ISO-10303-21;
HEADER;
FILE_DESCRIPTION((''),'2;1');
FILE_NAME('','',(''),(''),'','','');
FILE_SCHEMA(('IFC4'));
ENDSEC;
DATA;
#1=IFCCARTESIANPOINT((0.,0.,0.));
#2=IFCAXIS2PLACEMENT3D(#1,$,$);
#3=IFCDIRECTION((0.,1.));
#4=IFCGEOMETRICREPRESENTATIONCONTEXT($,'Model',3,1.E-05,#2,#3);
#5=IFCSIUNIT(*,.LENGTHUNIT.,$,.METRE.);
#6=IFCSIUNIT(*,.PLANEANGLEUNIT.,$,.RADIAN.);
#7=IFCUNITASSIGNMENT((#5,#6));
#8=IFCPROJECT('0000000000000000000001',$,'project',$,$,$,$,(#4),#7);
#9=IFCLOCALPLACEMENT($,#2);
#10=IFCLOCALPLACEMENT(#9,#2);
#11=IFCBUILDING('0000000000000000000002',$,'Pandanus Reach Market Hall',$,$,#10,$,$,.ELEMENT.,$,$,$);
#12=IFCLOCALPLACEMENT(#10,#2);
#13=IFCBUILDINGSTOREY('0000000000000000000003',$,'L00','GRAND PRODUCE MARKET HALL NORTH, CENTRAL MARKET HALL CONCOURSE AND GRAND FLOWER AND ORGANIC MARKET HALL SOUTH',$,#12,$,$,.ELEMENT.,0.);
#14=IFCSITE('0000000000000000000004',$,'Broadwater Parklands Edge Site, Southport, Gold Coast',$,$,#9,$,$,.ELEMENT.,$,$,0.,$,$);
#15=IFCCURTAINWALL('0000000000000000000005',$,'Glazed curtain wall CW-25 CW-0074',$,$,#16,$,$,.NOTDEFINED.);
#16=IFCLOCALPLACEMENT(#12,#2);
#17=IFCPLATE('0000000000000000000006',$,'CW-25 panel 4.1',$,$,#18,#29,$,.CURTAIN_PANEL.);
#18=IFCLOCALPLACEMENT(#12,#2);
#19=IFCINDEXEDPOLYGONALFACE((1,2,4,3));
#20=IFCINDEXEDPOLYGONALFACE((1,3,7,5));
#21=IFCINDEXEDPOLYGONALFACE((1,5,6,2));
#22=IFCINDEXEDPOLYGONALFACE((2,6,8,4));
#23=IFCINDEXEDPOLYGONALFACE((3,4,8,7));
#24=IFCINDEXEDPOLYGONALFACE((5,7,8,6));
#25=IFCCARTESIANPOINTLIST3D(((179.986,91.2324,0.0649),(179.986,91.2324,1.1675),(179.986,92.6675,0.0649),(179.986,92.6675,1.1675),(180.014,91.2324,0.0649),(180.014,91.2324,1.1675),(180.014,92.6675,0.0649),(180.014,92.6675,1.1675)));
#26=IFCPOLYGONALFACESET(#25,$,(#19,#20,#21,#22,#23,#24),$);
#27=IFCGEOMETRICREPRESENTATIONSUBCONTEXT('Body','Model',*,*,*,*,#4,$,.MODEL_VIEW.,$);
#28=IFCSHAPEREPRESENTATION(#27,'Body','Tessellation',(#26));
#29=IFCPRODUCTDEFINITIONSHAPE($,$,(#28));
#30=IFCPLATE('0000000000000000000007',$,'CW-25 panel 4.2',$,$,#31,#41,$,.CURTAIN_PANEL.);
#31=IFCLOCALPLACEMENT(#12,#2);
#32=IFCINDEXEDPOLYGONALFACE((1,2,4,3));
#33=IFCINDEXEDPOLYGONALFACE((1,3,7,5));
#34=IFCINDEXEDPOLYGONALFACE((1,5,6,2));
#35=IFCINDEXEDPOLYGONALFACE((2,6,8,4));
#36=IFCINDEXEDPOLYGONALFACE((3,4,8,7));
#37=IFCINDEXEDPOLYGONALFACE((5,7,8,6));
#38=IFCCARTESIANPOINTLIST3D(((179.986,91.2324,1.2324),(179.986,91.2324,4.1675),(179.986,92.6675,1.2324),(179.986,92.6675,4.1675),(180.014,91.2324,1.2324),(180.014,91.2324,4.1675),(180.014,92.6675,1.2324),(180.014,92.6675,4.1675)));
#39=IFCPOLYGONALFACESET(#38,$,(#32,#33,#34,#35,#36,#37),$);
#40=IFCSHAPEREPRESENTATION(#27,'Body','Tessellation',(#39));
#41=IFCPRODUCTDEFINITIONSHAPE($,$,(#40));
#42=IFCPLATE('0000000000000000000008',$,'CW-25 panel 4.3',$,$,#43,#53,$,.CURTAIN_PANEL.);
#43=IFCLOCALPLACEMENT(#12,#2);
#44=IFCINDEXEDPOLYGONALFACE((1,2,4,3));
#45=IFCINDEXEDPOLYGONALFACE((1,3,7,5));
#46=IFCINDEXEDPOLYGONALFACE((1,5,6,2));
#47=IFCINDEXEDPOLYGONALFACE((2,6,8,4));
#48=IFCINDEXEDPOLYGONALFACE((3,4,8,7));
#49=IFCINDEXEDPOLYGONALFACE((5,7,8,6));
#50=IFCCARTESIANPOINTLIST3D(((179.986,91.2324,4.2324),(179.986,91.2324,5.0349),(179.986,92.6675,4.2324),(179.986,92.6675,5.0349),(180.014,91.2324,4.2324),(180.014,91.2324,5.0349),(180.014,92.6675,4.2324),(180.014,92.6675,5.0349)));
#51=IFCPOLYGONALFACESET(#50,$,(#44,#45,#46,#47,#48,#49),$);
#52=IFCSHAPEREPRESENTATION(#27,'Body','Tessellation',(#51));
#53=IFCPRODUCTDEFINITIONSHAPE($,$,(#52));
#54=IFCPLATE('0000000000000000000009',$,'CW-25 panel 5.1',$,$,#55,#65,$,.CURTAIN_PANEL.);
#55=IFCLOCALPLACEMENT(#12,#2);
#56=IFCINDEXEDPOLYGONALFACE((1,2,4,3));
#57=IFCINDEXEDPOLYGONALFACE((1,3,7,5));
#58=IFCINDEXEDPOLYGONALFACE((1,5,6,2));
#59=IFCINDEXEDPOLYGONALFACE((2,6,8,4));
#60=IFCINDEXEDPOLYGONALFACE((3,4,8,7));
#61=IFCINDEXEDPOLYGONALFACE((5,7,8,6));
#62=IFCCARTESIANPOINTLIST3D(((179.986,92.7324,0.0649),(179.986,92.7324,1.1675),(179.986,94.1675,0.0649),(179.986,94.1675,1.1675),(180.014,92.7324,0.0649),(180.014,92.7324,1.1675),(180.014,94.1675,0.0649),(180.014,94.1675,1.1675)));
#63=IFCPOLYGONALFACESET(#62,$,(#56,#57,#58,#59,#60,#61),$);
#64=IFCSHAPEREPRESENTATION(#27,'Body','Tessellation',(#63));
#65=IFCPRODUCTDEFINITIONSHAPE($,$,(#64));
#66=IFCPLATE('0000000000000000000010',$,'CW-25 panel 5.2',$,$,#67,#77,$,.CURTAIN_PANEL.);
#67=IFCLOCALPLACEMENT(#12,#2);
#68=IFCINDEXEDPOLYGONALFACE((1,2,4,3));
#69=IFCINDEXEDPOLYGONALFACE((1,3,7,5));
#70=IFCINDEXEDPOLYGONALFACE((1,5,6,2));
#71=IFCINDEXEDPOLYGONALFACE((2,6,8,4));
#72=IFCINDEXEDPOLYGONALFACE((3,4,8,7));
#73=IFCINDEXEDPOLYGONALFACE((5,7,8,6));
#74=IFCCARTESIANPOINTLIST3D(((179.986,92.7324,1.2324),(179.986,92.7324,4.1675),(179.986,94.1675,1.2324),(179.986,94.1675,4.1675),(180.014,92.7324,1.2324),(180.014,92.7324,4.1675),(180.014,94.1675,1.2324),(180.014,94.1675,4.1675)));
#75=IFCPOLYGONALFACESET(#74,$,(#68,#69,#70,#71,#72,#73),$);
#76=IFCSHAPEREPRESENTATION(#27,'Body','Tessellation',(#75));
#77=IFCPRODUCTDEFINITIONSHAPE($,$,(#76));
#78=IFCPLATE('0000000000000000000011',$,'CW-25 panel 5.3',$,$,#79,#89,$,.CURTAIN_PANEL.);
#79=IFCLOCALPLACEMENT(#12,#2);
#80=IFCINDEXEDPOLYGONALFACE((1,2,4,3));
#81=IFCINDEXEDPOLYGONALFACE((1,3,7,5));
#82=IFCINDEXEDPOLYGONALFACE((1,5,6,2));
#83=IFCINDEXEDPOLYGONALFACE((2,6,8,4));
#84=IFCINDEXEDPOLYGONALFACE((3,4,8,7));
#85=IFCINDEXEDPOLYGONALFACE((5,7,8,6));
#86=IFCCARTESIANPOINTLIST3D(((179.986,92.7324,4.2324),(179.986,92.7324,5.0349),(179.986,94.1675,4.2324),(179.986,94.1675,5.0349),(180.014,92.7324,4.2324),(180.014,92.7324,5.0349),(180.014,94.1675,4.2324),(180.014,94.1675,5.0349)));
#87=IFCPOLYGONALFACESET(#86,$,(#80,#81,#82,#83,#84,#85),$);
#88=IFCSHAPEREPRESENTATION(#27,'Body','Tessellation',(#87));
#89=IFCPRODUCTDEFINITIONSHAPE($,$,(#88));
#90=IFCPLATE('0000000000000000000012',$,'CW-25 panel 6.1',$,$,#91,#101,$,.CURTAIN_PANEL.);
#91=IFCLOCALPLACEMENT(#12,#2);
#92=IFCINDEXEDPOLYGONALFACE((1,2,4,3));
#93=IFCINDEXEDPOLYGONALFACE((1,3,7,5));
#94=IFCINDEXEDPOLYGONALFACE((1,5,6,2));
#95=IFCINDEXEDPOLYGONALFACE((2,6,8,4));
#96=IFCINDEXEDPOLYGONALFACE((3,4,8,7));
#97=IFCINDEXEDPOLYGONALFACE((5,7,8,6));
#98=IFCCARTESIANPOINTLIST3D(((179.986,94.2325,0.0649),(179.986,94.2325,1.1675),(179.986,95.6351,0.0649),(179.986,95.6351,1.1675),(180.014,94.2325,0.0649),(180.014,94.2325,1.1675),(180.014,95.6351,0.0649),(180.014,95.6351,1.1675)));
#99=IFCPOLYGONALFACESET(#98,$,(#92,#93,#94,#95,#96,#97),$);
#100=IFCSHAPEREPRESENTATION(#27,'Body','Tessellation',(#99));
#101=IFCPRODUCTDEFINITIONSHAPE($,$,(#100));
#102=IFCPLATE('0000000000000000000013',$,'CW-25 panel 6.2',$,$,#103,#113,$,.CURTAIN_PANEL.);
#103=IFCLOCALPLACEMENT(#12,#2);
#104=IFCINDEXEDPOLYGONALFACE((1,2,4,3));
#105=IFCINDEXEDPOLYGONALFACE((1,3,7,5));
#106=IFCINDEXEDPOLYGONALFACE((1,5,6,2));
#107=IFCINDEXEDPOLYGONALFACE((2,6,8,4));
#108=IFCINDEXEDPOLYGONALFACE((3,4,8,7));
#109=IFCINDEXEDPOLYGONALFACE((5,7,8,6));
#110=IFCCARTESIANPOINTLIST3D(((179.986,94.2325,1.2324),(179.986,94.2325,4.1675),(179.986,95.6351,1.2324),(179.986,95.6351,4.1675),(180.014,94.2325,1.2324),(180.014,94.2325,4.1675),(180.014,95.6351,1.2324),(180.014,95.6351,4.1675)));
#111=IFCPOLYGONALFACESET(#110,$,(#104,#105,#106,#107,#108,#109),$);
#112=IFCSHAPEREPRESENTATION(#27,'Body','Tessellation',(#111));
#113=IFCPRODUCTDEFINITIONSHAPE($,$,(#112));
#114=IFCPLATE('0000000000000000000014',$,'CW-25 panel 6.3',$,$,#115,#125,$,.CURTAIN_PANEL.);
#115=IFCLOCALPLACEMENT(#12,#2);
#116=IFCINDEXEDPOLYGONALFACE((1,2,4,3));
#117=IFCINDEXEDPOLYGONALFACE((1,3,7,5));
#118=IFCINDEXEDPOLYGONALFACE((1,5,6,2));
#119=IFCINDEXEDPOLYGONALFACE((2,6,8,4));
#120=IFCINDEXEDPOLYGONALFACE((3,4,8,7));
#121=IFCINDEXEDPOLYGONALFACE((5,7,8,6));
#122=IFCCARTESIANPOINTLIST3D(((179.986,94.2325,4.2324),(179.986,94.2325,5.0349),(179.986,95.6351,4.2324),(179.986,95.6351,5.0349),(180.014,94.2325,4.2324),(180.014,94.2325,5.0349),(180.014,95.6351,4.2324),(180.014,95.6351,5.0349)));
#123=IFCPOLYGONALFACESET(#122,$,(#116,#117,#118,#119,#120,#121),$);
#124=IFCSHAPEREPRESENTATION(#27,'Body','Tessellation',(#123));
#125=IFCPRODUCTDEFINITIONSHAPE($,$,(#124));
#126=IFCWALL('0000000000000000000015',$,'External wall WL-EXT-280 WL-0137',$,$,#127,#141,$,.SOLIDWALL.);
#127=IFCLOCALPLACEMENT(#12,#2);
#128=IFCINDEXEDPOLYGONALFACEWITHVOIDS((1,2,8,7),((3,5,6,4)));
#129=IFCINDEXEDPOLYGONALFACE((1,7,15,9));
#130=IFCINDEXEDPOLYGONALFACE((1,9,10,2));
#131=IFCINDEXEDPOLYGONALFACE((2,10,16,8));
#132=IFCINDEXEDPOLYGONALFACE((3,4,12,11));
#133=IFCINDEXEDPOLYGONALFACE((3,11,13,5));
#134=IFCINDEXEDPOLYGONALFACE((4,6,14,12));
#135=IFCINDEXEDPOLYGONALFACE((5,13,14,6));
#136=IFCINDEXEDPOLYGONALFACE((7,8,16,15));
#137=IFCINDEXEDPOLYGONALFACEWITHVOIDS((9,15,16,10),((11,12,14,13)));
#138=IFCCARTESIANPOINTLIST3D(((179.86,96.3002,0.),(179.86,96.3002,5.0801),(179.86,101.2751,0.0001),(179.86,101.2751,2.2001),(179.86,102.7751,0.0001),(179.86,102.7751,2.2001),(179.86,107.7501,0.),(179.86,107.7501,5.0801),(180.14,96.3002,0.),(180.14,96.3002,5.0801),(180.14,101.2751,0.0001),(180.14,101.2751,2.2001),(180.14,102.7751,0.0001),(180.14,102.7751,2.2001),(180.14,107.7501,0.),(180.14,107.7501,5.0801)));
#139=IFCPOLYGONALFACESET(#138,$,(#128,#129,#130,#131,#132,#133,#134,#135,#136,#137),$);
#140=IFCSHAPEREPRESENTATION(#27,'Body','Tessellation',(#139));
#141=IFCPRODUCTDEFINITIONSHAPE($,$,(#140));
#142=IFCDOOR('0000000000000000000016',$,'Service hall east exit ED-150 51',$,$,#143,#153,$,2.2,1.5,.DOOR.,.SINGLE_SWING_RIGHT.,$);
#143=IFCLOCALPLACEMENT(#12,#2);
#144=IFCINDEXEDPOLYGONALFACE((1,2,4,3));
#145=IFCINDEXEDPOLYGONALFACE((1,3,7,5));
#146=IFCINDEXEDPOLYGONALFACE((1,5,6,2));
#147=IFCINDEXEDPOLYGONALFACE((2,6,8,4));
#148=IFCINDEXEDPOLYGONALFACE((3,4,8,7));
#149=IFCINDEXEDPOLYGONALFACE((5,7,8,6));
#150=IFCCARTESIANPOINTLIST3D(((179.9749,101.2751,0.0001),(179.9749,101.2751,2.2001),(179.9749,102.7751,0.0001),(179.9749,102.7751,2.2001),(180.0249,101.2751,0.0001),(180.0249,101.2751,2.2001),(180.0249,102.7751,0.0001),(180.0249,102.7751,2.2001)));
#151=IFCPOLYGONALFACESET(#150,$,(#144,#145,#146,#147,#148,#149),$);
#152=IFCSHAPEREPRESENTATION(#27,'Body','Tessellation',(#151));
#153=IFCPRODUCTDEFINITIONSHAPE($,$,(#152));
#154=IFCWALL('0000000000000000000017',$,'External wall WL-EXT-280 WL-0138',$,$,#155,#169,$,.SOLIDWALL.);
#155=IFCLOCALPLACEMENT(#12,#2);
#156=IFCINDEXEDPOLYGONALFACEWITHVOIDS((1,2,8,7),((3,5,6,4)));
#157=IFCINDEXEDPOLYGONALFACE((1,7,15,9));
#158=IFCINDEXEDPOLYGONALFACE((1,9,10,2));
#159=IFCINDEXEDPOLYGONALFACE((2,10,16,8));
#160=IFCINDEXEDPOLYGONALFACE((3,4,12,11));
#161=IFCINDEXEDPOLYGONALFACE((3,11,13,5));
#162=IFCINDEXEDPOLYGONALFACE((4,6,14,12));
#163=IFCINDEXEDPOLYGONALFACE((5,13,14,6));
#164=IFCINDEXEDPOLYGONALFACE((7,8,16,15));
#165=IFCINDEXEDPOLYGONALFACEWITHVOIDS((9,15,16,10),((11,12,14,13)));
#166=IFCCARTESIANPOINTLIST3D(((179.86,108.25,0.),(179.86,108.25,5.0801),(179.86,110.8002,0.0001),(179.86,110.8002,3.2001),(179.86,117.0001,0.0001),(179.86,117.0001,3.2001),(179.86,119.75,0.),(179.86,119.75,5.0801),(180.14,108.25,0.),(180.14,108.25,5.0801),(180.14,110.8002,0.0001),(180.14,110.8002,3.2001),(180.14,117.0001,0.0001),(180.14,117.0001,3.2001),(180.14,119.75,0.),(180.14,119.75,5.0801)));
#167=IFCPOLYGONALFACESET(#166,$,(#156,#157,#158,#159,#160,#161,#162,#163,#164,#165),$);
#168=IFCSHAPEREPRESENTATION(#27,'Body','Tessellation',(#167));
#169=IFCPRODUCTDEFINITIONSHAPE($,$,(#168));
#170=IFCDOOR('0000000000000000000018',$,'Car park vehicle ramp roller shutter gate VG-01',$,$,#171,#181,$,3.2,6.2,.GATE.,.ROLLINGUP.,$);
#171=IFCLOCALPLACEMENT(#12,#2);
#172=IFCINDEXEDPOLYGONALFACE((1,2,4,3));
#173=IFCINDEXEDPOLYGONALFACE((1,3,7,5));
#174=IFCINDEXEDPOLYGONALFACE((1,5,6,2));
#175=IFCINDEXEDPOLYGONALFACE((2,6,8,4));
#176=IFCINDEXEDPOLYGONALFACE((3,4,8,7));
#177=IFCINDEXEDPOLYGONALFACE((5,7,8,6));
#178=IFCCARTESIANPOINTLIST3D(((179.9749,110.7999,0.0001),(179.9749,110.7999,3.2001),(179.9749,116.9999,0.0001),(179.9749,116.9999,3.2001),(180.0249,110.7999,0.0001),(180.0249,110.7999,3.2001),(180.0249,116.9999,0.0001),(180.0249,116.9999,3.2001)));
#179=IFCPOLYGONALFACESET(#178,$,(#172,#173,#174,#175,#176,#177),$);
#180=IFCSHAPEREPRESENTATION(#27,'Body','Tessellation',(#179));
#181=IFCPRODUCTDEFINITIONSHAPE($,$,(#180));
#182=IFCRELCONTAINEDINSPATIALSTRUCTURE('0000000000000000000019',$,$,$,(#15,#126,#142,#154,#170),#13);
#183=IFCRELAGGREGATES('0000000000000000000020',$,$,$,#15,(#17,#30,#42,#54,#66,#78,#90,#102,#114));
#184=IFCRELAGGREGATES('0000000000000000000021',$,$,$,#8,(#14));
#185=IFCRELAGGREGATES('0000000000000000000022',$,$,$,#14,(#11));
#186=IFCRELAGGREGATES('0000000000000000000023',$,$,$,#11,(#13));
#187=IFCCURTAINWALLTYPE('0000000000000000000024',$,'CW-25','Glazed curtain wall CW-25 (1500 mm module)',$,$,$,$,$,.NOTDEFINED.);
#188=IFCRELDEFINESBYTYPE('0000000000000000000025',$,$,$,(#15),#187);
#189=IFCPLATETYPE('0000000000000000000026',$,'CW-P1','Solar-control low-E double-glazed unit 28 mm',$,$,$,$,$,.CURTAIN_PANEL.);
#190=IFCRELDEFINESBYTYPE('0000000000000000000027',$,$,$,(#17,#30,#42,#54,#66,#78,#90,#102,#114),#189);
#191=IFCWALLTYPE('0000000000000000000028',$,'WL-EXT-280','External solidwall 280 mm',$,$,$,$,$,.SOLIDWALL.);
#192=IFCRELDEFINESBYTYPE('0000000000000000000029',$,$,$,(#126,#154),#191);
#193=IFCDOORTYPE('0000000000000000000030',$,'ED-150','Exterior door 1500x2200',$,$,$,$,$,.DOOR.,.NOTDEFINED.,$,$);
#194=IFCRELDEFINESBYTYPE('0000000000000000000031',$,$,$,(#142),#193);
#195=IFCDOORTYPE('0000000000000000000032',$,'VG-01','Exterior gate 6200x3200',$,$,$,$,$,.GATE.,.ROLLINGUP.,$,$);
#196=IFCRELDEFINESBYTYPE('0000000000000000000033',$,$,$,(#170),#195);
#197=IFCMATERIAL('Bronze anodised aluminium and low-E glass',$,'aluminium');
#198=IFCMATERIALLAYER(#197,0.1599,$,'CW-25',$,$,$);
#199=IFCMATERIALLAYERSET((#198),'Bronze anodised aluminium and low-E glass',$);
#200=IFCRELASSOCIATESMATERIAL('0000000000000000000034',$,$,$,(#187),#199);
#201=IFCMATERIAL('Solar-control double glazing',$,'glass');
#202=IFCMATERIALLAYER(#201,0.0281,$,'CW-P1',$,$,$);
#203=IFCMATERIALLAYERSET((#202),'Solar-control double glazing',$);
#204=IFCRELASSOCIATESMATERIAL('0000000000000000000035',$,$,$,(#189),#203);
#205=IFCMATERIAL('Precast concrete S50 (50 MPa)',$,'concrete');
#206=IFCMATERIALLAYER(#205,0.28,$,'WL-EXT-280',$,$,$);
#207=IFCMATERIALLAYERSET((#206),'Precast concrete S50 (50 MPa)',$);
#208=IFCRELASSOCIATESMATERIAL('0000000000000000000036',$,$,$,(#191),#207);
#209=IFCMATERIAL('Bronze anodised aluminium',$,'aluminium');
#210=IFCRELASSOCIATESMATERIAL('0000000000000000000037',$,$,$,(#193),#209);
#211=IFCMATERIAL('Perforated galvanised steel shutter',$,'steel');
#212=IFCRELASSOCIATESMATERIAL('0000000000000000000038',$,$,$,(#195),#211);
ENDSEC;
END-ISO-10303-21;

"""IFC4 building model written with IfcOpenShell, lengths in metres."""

from ifc_helpers import new_model, si_unit, direction, frame, frame_2d, origin, origin_2d, place, context, subcontext, project, spatial, rectangle, extrude, material, layer, layer_set, type_object, element, fill, aggregate, save


model = new_model("IFC4")

# Units and contexts
model_context = context("Model", 3, precision=1e-05, world=origin(), true_north=direction((0.0, 1.0)))
body_context = subcontext(model_context, "Body", "Model", "MODEL_VIEW")
ifc_project = project(units=[si_unit("LENGTHUNIT", "METRE"), si_unit("PLANEANGLEUNIT", "RADIAN")], contexts=[model_context])

# Site, building, storey
site_placement = place(None, origin())
site = spatial("IfcSite", under=ifc_project, at=site_placement, Name="Broadwater Parklands Edge Site, Southport, Gold Coast", CompositionType="ELEMENT", RefElevation=0.0)
building_placement = place(site_placement, origin())
building = spatial("IfcBuilding", under=site, at=building_placement, Name="Pandanus Reach Market Hall", CompositionType="ELEMENT")
storey_placement = place(building_placement, origin())
storey = spatial("IfcBuildingStorey", under=building, at=storey_placement, Name="L00", Description="GRAND PRODUCE MARKET HALL NORTH, CENTRAL MARKET HALL CONCOURSE AND GRAND FLOWER AND ORGANIC MARKET HALL SOUTH", CompositionType="ELEMENT", Elevation=0.0)

# Curtain wall
ifc_material_1 = material(Name="Bronze anodised aluminium and low-E glass", Category="aluminium")
ifc_layer_1 = layer(ifc_material_1, 0.1599, Name="CW-25")
ifc_layer_set_1 = layer_set([ifc_layer_1], Name="Bronze anodised aluminium and low-E glass")
curtain_wall_type = type_object("IfcCurtainWallType", Name="CW-25", Description="Glazed curtain wall CW-25 (1500 mm module)", PredefinedType="NOTDEFINED", material=ifc_layer_set_1)
curtain_wall_placement = place(storey_placement, origin())
curtain_wall = element("IfcCurtainWall", 1, at=curtain_wall_placement, inside=storey, type_object=curtain_wall_type, Name="Glazed curtain wall CW-25 CW-0074", PredefinedType="NOTDEFINED")
ifc_material_2 = material(Name="Bronze anodised aluminium", Category="aluminium")

# Plates
ifc_material_3 = material(Name="Solar-control double glazing", Category="glass")
ifc_layer_2 = layer(ifc_material_3, 0.0281, Name="CW-P1")
ifc_layer_set_2 = layer_set([ifc_layer_2], Name="Solar-control double glazing")
plate_type = type_object("IfcPlateType", Name="CW-P1", Description="Solar-control low-E double-glazed unit 28 mm", PredefinedType="CURTAIN_PANEL", material=ifc_layer_set_2)
plate_1_placement = place(storey_placement, frame((180.0, 91.95, 0.0649), z_axis=(0.0, 0.0, 1.0), x_axis=(0.0, 1.0, 0.0)))
plate_1 = element("IfcPlate", 2, at=plate_1_placement, type_object=plate_type, Name="CW-25 panel 4.1", PredefinedType="CURTAIN_PANEL", context=body_context, shape_type="SweptSolid", body=[
    extrude(rectangle(XDim=1.4351, YDim=0.0281, at=origin_2d()), origin(), (0.0, 0.0, 1.0), 1.1025),
])
plate_2_placement = place(storey_placement, frame((180.0, 91.95, 1.2324), z_axis=(0.0, 0.0, 1.0), x_axis=(0.0, 1.0, 0.0)))
plate_2 = element("IfcPlate", 3, at=plate_2_placement, type_object=plate_type, Name="CW-25 panel 4.2", PredefinedType="CURTAIN_PANEL", context=body_context, shape_type="SweptSolid", body=[
    extrude(rectangle(XDim=1.4351, YDim=0.0281, at=origin_2d()), origin(), (0.0, 0.0, 1.0), 2.9351),
])
plate_3_placement = place(storey_placement, frame((180.0, 91.95, 4.2324), z_axis=(0.0, 0.0, 1.0), x_axis=(0.0, 1.0, 0.0)))
plate_3 = element("IfcPlate", 4, at=plate_3_placement, type_object=plate_type, Name="CW-25 panel 4.3", PredefinedType="CURTAIN_PANEL", context=body_context, shape_type="SweptSolid", body=[
    extrude(rectangle(XDim=1.4351, YDim=0.0281, at=origin_2d()), origin(), (0.0, 0.0, 1.0), 0.8025),
])
plate_4_placement = place(storey_placement, frame((180.0, 93.45, 0.0649), z_axis=(0.0, 0.0, 1.0), x_axis=(0.0, 1.0, 0.0)))
plate_4 = element("IfcPlate", 5, at=plate_4_placement, type_object=plate_type, Name="CW-25 panel 5.1", PredefinedType="CURTAIN_PANEL", context=body_context, shape_type="SweptSolid", body=[
    extrude(rectangle(XDim=1.4351, YDim=0.0281, at=origin_2d()), origin(), (0.0, 0.0, 1.0), 1.1025),
])
plate_5_placement = place(storey_placement, frame((180.0, 93.45, 1.2324), z_axis=(0.0, 0.0, 1.0), x_axis=(0.0, 1.0, 0.0)))
plate_5 = element("IfcPlate", 6, at=plate_5_placement, type_object=plate_type, Name="CW-25 panel 5.2", PredefinedType="CURTAIN_PANEL", context=body_context, shape_type="SweptSolid", body=[
    extrude(rectangle(XDim=1.4351, YDim=0.0281, at=origin_2d()), origin(), (0.0, 0.0, 1.0), 2.9351),
])
plate_6_placement = place(storey_placement, frame((180.0, 93.45, 4.2324), z_axis=(0.0, 0.0, 1.0), x_axis=(0.0, 1.0, 0.0)))
plate_6 = element("IfcPlate", 7, at=plate_6_placement, type_object=plate_type, Name="CW-25 panel 5.3", PredefinedType="CURTAIN_PANEL", context=body_context, shape_type="SweptSolid", body=[
    extrude(rectangle(XDim=1.4351, YDim=0.0281, at=origin_2d()), origin(), (0.0, 0.0, 1.0), 0.8025),
])
plate_7_placement = place(storey_placement, frame((180.0, 94.9338, 0.0649), z_axis=(0.0, 0.0, 1.0), x_axis=(0.0, 1.0, 0.0)))
plate_7 = element("IfcPlate", 8, at=plate_7_placement, type_object=plate_type, Name="CW-25 panel 6.1", PredefinedType="CURTAIN_PANEL", context=body_context, shape_type="SweptSolid", body=[
    extrude(rectangle(XDim=1.4026, YDim=0.0281, at=origin_2d()), origin(), (0.0, 0.0, 1.0), 1.1025),
])
plate_8_placement = place(storey_placement, frame((180.0, 94.9338, 1.2324), z_axis=(0.0, 0.0, 1.0), x_axis=(0.0, 1.0, 0.0)))
plate_8 = element("IfcPlate", 9, at=plate_8_placement, type_object=plate_type, Name="CW-25 panel 6.2", PredefinedType="CURTAIN_PANEL", context=body_context, shape_type="SweptSolid", body=[
    extrude(rectangle(XDim=1.4026, YDim=0.0281, at=origin_2d()), origin(), (0.0, 0.0, 1.0), 2.9351),
])
plate_9_placement = place(storey_placement, frame((180.0, 94.9338, 4.2324), z_axis=(0.0, 0.0, 1.0), x_axis=(0.0, 1.0, 0.0)))
plate_9 = element("IfcPlate", 10, at=plate_9_placement, type_object=plate_type, Name="CW-25 panel 6.3", PredefinedType="CURTAIN_PANEL", context=body_context, shape_type="SweptSolid", body=[
    extrude(rectangle(XDim=1.4026, YDim=0.0281, at=origin_2d()), origin(), (0.0, 0.0, 1.0), 0.8025),
])
aggregate(curtain_wall, [plate_1, plate_2, plate_3, plate_4, plate_5, plate_6, plate_7, plate_8, plate_9])

# Walls, openings, doors
ifc_material_4 = material(Name="Precast concrete S50 (50 MPa)", Category="concrete")
ifc_layer_3 = layer(ifc_material_4, 0.28, Name="WL-EXT-280")
ifc_layer_set_3 = layer_set([ifc_layer_3], Name="Precast concrete S50 (50 MPa)")
wall_type = type_object("IfcWallType", Name="WL-EXT-280", Description="External solidwall 280 mm", PredefinedType="SOLIDWALL", material=ifc_layer_set_3)
wall_1_placement = place(storey_placement, frame((180.0, 96.3, 0.0), z_axis=(0.0, 0.0, 1.0), x_axis=(0.0, 1.0, 0.0)))
wall_1 = element("IfcWall", 11, at=wall_1_placement, inside=storey, type_object=wall_type, Name="External wall WL-EXT-280 WL-0137", PredefinedType="SOLIDWALL", context=body_context, shape_type="SweptSolid", body=[
    extrude(rectangle(XDim=11.45, YDim=0.28, at=frame_2d((5.7251, 0.0))), origin(), (0.0, 0.0, 1.0), 5.0801),
])
opening_1_placement = place(wall_1_placement, frame((4.9751, 0.0, 0.0)))
opening_1 = element("IfcOpeningElement", 12, at=opening_1_placement, cuts=wall_1, PredefinedType="OPENING", context=body_context, shape_type="SweptSolid", body=[
    extrude(rectangle(XDim=1.5, YDim=2.2, at=frame_2d((0.75, 1.1001))), frame((0.0, 0.155, 0.0), z_axis=(0.0, -1.0, 0.0), x_axis=(1.0, 0.0, 0.0)), (0.0, 0.0, 1.0), 0.3101),
])
door_type_1 = type_object("IfcDoorType", Name="ED-150", Description="Exterior door 1500x2200", OperationType="NOTDEFINED", PredefinedType="DOOR", material=ifc_material_2)
door_1_placement = place(opening_1_placement, frame((1.5, 0.0, 0.0), z_axis=(0.0, 0.0, 1.0), x_axis=(-1.0, 0.0, 0.0)))
door_1 = element("IfcDoor", 13, at=door_1_placement, inside=storey, type_object=door_type_1, Name="Service hall east exit ED-150 51", OperationType="SINGLE_SWING_RIGHT", OverallHeight=2.2, OverallWidth=1.5, PredefinedType="DOOR", context=body_context, shape_type="SweptSolid", body=[
    extrude(rectangle(XDim=1.5, YDim=2.2, at=frame_2d((0.75, 1.1001))), frame((0.0, 0.0249, 0.0), z_axis=(0.0, -1.0, 0.0), x_axis=(1.0, 0.0, 0.0)), (0.0, 0.0, 1.0), 0.05),
])
fill(opening_1, door_1)
wall_2_placement = place(storey_placement, frame((180.0, 108.25, 0.0), z_axis=(0.0, 0.0, 1.0), x_axis=(0.0, 1.0, 0.0)))
wall_2 = element("IfcWall", 14, at=wall_2_placement, inside=storey, type_object=wall_type, Name="External wall WL-EXT-280 WL-0138", PredefinedType="SOLIDWALL", context=body_context, shape_type="SweptSolid", body=[
    extrude(rectangle(XDim=11.5, YDim=0.28, at=frame_2d((5.75, 0.0))), origin(), (0.0, 0.0, 1.0), 5.0801),
])
opening_2_placement = place(wall_2_placement, frame((2.55, 0.0, 0.0)))
opening_2 = element("IfcOpeningElement", 15, at=opening_2_placement, cuts=wall_2, PredefinedType="OPENING", context=body_context, shape_type="SweptSolid", body=[
    extrude(rectangle(XDim=6.2, YDim=3.2, at=frame_2d((3.1001, 1.6001))), frame((0.0, 0.155, 0.0), z_axis=(0.0, -1.0, 0.0), x_axis=(1.0, 0.0, 0.0)), (0.0, 0.0, 1.0), 0.3101),
])
ifc_material_5 = material(Name="Perforated galvanised steel shutter", Category="steel")
door_type_2 = type_object("IfcDoorType", Name="VG-01", Description="Exterior gate 6200x3200", OperationType="ROLLINGUP", PredefinedType="GATE", material=ifc_material_5)
door_2_placement = place(opening_2_placement, frame((6.2, 0.0, 0.0), z_axis=(0.0, 0.0, 1.0), x_axis=(-1.0, 0.0, 0.0)))
door_2 = element("IfcDoor", 16, at=door_2_placement, inside=storey, type_object=door_type_2, Name="Car park vehicle ramp roller shutter gate VG-01", OperationType="ROLLINGUP", OverallHeight=3.2, OverallWidth=6.2, PredefinedType="GATE", context=body_context, shape_type="SweptSolid", body=[
    extrude(rectangle(XDim=6.2, YDim=3.2, at=frame_2d((3.1001, 1.6001))), frame((0.0, 0.0249, 0.0), z_axis=(0.0, -1.0, 0.0), x_axis=(1.0, 0.0, 0.0)), (0.0, 0.0, 1.0), 0.05),
])
fill(opening_2, door_2)

save(model, "model.ifc")
